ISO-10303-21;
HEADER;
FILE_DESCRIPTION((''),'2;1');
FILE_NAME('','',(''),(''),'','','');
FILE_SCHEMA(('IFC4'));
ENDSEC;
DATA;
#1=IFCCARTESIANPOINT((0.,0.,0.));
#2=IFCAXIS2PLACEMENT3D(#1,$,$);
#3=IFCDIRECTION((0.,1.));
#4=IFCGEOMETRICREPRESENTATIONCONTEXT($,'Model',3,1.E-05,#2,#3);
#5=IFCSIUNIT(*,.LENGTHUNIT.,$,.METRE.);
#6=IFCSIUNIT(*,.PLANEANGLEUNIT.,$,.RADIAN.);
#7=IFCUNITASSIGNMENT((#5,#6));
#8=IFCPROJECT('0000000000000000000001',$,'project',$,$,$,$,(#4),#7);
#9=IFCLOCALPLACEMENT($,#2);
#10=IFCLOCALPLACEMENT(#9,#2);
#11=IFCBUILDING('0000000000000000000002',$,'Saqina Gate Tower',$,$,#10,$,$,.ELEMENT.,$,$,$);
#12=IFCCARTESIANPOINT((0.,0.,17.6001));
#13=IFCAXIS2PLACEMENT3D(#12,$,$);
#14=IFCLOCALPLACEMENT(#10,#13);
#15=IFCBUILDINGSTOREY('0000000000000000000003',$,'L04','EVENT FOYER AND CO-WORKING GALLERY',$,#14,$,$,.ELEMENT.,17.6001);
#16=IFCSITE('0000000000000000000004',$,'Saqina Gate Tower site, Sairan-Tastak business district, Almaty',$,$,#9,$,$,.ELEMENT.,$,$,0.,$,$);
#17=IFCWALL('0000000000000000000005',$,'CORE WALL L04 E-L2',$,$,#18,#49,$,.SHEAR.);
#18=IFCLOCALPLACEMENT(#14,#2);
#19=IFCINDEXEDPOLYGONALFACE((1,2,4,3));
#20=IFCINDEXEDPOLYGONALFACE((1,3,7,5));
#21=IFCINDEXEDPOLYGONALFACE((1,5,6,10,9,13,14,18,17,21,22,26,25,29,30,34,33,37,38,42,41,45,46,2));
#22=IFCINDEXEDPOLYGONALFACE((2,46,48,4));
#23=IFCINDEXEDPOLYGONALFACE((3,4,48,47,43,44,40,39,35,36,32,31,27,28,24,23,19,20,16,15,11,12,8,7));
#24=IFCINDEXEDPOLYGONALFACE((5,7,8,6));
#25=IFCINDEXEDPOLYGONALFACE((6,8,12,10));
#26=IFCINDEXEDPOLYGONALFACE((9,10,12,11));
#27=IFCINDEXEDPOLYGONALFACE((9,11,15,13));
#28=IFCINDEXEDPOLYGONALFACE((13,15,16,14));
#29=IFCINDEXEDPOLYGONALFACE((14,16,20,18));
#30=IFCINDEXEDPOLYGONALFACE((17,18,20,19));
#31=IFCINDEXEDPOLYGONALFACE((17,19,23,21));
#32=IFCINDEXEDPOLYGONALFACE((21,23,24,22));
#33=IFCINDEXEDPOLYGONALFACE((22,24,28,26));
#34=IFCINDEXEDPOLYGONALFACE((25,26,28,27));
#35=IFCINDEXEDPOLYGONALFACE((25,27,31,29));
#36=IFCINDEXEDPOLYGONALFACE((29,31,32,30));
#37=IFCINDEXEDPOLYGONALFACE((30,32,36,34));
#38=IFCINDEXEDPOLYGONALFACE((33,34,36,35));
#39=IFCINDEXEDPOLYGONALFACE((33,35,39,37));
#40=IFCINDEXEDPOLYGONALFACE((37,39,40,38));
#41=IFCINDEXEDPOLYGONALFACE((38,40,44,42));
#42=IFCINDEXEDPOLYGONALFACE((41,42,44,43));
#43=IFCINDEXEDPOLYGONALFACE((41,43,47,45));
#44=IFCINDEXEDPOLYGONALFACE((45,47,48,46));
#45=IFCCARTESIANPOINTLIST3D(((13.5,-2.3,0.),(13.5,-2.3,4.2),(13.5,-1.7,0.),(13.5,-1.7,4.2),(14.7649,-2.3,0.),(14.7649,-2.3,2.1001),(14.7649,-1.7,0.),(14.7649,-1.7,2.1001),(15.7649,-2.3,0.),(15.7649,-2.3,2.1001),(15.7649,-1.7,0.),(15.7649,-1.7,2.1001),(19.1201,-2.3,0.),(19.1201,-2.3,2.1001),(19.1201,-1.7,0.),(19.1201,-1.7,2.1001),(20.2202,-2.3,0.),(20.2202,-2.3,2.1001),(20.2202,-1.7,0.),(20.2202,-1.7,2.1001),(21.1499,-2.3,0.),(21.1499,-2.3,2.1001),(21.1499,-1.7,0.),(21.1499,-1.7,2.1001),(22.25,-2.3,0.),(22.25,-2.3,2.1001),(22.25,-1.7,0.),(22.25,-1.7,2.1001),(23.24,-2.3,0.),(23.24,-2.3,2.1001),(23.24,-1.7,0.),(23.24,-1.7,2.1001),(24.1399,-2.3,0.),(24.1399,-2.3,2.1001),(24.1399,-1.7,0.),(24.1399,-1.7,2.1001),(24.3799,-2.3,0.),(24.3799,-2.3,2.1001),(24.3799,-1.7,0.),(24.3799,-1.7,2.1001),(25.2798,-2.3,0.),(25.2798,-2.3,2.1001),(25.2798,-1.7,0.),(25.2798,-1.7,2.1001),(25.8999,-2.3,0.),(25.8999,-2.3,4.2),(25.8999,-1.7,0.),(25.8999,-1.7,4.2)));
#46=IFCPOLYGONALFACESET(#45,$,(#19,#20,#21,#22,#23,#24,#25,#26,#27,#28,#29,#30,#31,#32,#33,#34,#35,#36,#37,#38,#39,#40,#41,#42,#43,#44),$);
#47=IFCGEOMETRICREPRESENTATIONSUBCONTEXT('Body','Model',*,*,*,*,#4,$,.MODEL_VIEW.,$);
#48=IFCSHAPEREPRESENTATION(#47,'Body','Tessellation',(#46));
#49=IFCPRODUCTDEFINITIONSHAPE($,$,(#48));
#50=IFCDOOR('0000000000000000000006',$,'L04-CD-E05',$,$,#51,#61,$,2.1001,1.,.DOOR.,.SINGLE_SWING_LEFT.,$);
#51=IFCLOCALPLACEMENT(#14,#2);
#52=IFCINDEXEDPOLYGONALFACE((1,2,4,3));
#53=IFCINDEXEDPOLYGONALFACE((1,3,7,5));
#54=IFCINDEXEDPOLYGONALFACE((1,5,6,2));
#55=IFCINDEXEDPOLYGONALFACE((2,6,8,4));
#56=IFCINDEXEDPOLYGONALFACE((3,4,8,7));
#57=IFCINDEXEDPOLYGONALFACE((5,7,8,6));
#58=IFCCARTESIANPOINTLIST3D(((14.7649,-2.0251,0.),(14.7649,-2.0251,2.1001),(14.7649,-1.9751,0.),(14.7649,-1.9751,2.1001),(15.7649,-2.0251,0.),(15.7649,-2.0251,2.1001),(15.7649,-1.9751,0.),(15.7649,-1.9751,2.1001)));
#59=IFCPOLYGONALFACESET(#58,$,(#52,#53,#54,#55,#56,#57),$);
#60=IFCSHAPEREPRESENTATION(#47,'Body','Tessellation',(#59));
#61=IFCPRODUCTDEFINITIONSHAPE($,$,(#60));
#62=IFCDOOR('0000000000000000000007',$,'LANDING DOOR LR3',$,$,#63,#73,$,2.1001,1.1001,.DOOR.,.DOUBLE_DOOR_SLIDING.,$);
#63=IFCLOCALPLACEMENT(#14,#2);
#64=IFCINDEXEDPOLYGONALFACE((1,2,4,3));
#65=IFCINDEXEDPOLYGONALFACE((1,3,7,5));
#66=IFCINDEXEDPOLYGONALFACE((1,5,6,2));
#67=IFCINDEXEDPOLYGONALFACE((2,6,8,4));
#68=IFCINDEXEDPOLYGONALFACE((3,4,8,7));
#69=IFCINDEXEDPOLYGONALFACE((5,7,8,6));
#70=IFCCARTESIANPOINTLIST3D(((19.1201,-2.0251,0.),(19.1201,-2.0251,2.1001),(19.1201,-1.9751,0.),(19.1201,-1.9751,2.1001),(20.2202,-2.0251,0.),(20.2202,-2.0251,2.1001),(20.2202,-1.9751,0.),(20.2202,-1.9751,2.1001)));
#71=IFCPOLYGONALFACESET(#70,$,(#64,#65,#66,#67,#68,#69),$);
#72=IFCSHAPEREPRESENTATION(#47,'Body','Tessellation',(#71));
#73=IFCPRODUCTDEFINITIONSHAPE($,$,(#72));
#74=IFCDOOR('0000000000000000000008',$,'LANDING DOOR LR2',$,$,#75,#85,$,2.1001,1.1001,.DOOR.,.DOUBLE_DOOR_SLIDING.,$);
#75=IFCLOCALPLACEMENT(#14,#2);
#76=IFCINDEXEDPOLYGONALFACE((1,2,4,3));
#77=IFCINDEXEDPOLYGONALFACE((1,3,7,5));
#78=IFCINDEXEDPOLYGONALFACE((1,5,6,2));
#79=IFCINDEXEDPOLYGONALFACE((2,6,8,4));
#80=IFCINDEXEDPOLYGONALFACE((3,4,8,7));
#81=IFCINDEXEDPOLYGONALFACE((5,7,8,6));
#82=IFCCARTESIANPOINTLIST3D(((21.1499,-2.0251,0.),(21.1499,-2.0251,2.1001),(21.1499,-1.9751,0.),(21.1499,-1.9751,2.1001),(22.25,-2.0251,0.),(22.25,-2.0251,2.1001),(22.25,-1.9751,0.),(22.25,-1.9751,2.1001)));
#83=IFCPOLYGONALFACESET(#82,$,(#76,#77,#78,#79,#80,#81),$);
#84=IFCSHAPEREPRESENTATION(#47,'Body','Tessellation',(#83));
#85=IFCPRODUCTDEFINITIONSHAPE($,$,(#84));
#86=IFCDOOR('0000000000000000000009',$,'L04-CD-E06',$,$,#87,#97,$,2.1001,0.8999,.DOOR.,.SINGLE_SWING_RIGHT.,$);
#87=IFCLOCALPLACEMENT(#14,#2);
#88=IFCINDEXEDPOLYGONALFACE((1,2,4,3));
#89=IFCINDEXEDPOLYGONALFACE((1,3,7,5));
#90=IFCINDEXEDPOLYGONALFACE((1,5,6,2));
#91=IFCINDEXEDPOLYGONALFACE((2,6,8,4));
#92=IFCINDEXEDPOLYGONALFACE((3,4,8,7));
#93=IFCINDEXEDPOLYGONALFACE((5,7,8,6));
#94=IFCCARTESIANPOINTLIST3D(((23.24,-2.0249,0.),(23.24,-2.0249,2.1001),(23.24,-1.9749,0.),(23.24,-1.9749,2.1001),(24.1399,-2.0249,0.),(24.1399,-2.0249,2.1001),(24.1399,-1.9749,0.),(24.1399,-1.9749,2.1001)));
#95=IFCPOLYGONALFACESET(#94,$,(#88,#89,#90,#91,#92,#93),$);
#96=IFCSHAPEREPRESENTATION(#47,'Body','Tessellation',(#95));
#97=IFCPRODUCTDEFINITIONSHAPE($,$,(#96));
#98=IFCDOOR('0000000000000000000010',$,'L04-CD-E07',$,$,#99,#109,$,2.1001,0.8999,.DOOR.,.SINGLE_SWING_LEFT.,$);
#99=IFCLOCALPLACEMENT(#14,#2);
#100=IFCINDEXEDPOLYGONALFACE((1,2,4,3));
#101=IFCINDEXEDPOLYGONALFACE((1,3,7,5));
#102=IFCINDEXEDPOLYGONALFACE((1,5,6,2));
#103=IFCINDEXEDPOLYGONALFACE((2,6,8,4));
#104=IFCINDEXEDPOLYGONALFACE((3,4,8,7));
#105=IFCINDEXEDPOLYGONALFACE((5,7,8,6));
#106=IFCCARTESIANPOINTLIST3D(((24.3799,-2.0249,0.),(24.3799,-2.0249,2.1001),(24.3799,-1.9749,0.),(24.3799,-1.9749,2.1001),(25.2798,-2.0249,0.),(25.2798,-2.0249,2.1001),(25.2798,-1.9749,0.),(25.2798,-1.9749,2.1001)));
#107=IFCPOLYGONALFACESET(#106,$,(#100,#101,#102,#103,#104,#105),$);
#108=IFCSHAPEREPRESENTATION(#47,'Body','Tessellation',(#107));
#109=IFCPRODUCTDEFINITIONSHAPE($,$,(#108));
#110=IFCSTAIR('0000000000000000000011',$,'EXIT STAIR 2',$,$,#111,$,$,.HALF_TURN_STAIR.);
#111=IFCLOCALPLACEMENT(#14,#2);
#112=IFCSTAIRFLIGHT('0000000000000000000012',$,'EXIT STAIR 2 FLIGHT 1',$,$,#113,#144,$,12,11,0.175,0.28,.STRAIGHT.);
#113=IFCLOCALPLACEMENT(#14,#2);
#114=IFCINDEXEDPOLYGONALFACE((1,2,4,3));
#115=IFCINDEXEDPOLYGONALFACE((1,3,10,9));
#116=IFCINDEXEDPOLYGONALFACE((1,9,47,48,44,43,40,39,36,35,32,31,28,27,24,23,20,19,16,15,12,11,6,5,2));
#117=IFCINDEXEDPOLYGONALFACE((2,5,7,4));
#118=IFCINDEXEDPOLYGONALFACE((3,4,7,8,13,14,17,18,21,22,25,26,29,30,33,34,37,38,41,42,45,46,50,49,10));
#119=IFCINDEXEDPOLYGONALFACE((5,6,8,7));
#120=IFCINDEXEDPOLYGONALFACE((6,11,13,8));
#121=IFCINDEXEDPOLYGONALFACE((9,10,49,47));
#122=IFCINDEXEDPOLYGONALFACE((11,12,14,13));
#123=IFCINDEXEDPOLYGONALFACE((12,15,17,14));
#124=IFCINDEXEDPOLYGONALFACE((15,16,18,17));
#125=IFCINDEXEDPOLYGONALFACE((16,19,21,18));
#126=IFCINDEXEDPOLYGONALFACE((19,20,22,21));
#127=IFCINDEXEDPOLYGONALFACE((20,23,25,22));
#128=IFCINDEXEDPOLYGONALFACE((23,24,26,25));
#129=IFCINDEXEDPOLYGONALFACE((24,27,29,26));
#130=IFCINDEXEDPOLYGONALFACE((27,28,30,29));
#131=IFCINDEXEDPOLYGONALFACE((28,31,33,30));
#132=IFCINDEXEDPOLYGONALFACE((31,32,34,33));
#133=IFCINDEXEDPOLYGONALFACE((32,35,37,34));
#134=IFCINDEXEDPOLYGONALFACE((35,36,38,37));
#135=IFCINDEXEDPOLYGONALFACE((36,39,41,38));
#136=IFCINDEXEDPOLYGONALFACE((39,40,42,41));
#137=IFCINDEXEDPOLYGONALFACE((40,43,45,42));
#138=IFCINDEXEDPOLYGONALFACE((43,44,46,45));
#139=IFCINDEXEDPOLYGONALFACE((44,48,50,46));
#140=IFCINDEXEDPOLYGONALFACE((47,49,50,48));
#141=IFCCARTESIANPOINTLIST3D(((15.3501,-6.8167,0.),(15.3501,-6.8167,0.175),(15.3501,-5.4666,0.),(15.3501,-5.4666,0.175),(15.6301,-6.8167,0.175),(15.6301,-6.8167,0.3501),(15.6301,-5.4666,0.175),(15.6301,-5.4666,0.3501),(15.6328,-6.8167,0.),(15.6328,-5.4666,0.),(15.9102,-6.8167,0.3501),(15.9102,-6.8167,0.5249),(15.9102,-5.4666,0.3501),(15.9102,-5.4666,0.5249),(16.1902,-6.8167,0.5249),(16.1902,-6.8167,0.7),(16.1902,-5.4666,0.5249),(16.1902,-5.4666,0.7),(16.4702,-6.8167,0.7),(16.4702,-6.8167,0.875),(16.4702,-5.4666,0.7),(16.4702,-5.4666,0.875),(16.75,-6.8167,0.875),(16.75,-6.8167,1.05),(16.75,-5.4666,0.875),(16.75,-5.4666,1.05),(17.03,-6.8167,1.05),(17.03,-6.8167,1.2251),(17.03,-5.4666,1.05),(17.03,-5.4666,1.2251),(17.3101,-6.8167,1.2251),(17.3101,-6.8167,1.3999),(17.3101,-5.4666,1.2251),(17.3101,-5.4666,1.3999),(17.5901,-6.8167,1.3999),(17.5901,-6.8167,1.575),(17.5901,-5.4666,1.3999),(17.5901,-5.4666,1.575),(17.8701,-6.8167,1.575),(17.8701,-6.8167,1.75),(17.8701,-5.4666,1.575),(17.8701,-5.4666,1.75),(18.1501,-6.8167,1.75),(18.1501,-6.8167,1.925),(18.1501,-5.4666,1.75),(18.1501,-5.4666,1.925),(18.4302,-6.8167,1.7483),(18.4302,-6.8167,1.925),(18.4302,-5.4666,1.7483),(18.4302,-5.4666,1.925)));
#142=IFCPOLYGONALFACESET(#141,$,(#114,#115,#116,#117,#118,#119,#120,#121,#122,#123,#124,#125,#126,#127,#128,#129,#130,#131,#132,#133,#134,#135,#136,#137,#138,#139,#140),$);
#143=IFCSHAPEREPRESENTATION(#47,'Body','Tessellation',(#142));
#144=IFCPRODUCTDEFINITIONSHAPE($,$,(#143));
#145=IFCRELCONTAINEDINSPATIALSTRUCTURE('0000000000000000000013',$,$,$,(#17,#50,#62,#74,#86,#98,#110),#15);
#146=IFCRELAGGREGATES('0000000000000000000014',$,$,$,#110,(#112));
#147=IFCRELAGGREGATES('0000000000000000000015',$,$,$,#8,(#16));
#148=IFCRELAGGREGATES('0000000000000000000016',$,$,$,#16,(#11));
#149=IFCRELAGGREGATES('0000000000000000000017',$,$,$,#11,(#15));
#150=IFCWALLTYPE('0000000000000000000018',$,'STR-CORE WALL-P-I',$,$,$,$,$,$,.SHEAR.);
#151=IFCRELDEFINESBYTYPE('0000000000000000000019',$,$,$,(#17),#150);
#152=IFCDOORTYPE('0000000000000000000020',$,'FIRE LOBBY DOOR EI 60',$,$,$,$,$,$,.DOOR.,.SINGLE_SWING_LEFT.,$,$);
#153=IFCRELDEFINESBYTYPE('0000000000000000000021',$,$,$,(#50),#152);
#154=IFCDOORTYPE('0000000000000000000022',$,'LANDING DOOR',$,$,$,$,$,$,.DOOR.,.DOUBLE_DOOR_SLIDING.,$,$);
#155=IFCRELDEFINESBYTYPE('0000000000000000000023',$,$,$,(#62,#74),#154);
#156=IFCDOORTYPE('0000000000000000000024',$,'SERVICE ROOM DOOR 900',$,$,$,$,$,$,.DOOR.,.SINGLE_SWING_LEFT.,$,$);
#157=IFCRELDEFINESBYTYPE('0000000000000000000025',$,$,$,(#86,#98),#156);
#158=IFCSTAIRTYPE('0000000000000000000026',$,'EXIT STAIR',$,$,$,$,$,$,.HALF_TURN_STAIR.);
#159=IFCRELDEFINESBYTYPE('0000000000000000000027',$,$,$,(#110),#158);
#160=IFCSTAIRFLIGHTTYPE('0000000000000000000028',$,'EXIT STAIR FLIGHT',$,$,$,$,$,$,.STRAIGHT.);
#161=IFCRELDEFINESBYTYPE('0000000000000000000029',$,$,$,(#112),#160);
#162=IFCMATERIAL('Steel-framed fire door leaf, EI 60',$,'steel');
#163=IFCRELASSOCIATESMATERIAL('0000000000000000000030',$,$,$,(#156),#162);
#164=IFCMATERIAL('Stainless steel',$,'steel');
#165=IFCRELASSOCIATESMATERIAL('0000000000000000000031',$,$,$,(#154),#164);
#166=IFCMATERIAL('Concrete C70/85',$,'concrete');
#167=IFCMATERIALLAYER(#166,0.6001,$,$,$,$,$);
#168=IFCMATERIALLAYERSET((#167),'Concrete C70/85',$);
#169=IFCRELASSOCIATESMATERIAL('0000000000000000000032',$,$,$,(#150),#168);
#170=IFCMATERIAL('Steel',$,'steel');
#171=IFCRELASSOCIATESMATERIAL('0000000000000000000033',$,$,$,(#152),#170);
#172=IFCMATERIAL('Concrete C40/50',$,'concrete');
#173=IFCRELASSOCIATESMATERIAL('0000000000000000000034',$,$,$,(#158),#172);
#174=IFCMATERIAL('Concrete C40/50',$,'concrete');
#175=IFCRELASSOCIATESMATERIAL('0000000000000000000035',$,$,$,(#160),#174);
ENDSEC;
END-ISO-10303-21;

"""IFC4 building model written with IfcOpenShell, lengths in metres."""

from ifc_helpers import new_model, si_unit, direction, frame, frame_2d, origin, place, context, subcontext, project, spatial, polyline, rectangle, outline, extrude, material, layer, layer_set, type_object, element, fill, aggregate, save


model = new_model("IFC4")

# Units and contexts
model_context = context("Model", 3, precision=1e-05, world=origin(), true_north=direction((0.0, 1.0)))
body_context = subcontext(model_context, "Body", "Model", "MODEL_VIEW")
ifc_project = project(units=[si_unit("LENGTHUNIT", "METRE"), si_unit("PLANEANGLEUNIT", "RADIAN")], contexts=[model_context])

# Site, building, storey
site_placement = place(None, origin())
site = spatial("IfcSite", under=ifc_project, at=site_placement, Name="Saqina Gate Tower site, Sairan-Tastak business district, Almaty", CompositionType="ELEMENT", RefElevation=0.0)
building_placement = place(site_placement, origin())
building = spatial("IfcBuilding", under=site, at=building_placement, Name="Saqina Gate Tower", CompositionType="ELEMENT")
storey_placement = place(building_placement, frame((0.0, 0.0, 17.6001)))
storey = spatial("IfcBuildingStorey", under=building, at=storey_placement, Name="L04", Description="EVENT FOYER AND CO-WORKING GALLERY", CompositionType="ELEMENT", Elevation=17.6001)

# Shared definitions
ifc_material_1 = material(Name="Steel-framed fire door leaf, EI 60", Category="steel")
door_type_1 = type_object("IfcDoorType", Name="SERVICE ROOM DOOR 900", OperationType="SINGLE_SWING_LEFT", PredefinedType="DOOR", material=ifc_material_1)
ifc_material_2 = material(Name="Stainless steel", Category="steel")
door_type_2 = type_object("IfcDoorType", Name="LANDING DOOR", OperationType="DOUBLE_DOOR_SLIDING", PredefinedType="DOOR", material=ifc_material_2)

# Wall, openings, doors
ifc_material_3 = material(Name="Concrete C70/85", Category="concrete")
ifc_layer_1 = layer(ifc_material_3, 0.6001)
ifc_layer_set_1 = layer_set([ifc_layer_1], Name="Concrete C70/85")
wall_type_1 = type_object("IfcWallType", Name="STR-CORE WALL-P-I", PredefinedType="SHEAR", material=ifc_layer_set_1)
wall_1_placement = place(storey_placement, frame((13.5, -2.0, 0.0), z_axis=(0.0, 0.0, 1.0), x_axis=(1.0, 0.0, 0.0)))
wall_1 = element("IfcWall", 1, at=wall_1_placement, inside=storey, type_object=wall_type_1, Name="CORE WALL L04 E-L2", PredefinedType="SHEAR", context=body_context, shape_type="SweptSolid", body=[
    extrude(rectangle(XDim=12.3999, YDim=0.6001, at=frame_2d((6.2, 0.0))), origin(), (0.0, 0.0, 1.0), 4.2),
])
opening_1_placement = place(wall_1_placement, frame((5.6201, 0.0, 0.0)))
opening_1 = element("IfcOpeningElement", 2, at=opening_1_placement, cuts=wall_1, PredefinedType="OPENING", context=body_context, shape_type="SweptSolid", body=[
    extrude(rectangle(XDim=1.1001, YDim=2.1001, at=frame_2d((0.55, 1.05))), frame((0.0, 0.312, 0.0), z_axis=(0.0, -1.0, 0.0), x_axis=(1.0, 0.0, 0.0)), (0.0, 0.0, 1.0), 0.624),
])
opening_2_placement = place(wall_1_placement, frame((7.6499, 0.0, 0.0)))
opening_2 = element("IfcOpeningElement", 3, at=opening_2_placement, cuts=wall_1, PredefinedType="OPENING", context=body_context, shape_type="SweptSolid", body=[
    extrude(rectangle(XDim=1.1001, YDim=2.1001, at=frame_2d((0.55, 1.05))), frame((0.0, 0.312, 0.0), z_axis=(0.0, -1.0, 0.0), x_axis=(1.0, 0.0, 0.0)), (0.0, 0.0, 1.0), 0.624),
])
opening_3_placement = place(wall_1_placement, frame((1.2649, 0.0, 0.0)))
opening_3 = element("IfcOpeningElement", 4, at=opening_3_placement, cuts=wall_1, PredefinedType="OPENING", context=body_context, shape_type="SweptSolid", body=[
    extrude(rectangle(XDim=1.0, YDim=2.1001, at=frame_2d((0.5, 1.05))), frame((0.0, 0.312, 0.0), z_axis=(0.0, -1.0, 0.0), x_axis=(1.0, 0.0, 0.0)), (0.0, 0.0, 1.0), 0.624),
])
opening_4_placement = place(wall_1_placement, frame((9.74, 0.0, 0.0)))
opening_4 = element("IfcOpeningElement", 5, at=opening_4_placement, cuts=wall_1, PredefinedType="OPENING", context=body_context, shape_type="SweptSolid", body=[
    extrude(rectangle(XDim=0.8999, YDim=2.1001, at=frame_2d((0.45, 1.05))), frame((0.0, 0.312, 0.0), z_axis=(0.0, -1.0, 0.0), x_axis=(1.0, 0.0, 0.0)), (0.0, 0.0, 1.0), 0.624),
])
opening_5_placement = place(wall_1_placement, frame((10.8799, 0.0, 0.0)))
opening_5 = element("IfcOpeningElement", 6, at=opening_5_placement, cuts=wall_1, PredefinedType="OPENING", context=body_context, shape_type="SweptSolid", body=[
    extrude(rectangle(XDim=0.8999, YDim=2.1001, at=frame_2d((0.45, 1.05))), frame((0.0, 0.312, 0.0), z_axis=(0.0, -1.0, 0.0), x_axis=(1.0, 0.0, 0.0)), (0.0, 0.0, 1.0), 0.624),
])
ifc_material_4 = material(Name="Steel", Category="steel")
door_type_3 = type_object("IfcDoorType", Name="FIRE LOBBY DOOR EI 60", OperationType="SINGLE_SWING_LEFT", PredefinedType="DOOR", material=ifc_material_4)
door_1_placement = place(opening_3_placement, origin())
door_1 = element("IfcDoor", 7, at=door_1_placement, inside=storey, type_object=door_type_3, Name="L04-CD-E05", OperationType="SINGLE_SWING_LEFT", OverallHeight=2.1001, OverallWidth=1.0, PredefinedType="DOOR", context=body_context, shape_type="SweptSolid", body=[
    extrude(rectangle(XDim=1.0, YDim=2.1001, at=frame_2d((0.5, 1.05))), frame((0.0, 0.0249, 0.0), z_axis=(0.0, -1.0, 0.0), x_axis=(1.0, 0.0, 0.0)), (0.0, 0.0, 1.0), 0.05),
])
fill(opening_3, door_1)
door_2_placement = place(opening_1_placement, origin())
door_2 = element("IfcDoor", 8, at=door_2_placement, inside=storey, type_object=door_type_2, Name="LANDING DOOR LR3", OperationType="DOUBLE_DOOR_SLIDING", OverallHeight=2.1001, OverallWidth=1.1001, PredefinedType="DOOR", context=body_context, shape_type="SweptSolid", body=[
    extrude(rectangle(XDim=1.1001, YDim=2.1001, at=frame_2d((0.55, 1.05))), frame((0.0, 0.0249, 0.0), z_axis=(0.0, -1.0, 0.0), x_axis=(1.0, 0.0, 0.0)), (0.0, 0.0, 1.0), 0.05),
])
fill(opening_1, door_2)
door_3_placement = place(opening_2_placement, origin())
door_3 = element("IfcDoor", 9, at=door_3_placement, inside=storey, type_object=door_type_2, Name="LANDING DOOR LR2", OperationType="DOUBLE_DOOR_SLIDING", OverallHeight=2.1001, OverallWidth=1.1001, PredefinedType="DOOR", context=body_context, shape_type="SweptSolid", body=[
    extrude(rectangle(XDim=1.1001, YDim=2.1001, at=frame_2d((0.55, 1.05))), frame((0.0, 0.0249, 0.0), z_axis=(0.0, -1.0, 0.0), x_axis=(1.0, 0.0, 0.0)), (0.0, 0.0, 1.0), 0.05),
])
fill(opening_2, door_3)
door_4_placement = place(opening_4_placement, frame((0.8999, 0.0, 0.0), z_axis=(0.0, 0.0, 1.0), x_axis=(-1.0, 0.0, 0.0)))
door_4 = element("IfcDoor", 10, at=door_4_placement, inside=storey, type_object=door_type_1, Name="L04-CD-E06", OperationType="SINGLE_SWING_RIGHT", OverallHeight=2.1001, OverallWidth=0.8999, PredefinedType="DOOR", context=body_context, shape_type="SweptSolid", body=[
    extrude(rectangle(XDim=0.8999, YDim=2.1001, at=frame_2d((0.45, 1.05))), frame((0.0, 0.0249, 0.0), z_axis=(0.0, -1.0, 0.0), x_axis=(1.0, 0.0, 0.0)), (0.0, 0.0, 1.0), 0.05),
])
fill(opening_4, door_4)
door_5_placement = place(opening_5_placement, frame((0.8999, 0.0, 0.0), z_axis=(0.0, 0.0, 1.0), x_axis=(-1.0, 0.0, 0.0)))
door_5 = element("IfcDoor", 11, at=door_5_placement, inside=storey, type_object=door_type_1, Name="L04-CD-E07", OperationType="SINGLE_SWING_LEFT", OverallHeight=2.1001, OverallWidth=0.8999, PredefinedType="DOOR", context=body_context, shape_type="SweptSolid", body=[
    extrude(rectangle(XDim=0.8999, YDim=2.1001, at=frame_2d((0.45, 1.05))), frame((0.0, 0.0249, 0.0), z_axis=(0.0, -1.0, 0.0), x_axis=(1.0, 0.0, 0.0)), (0.0, 0.0, 1.0), 0.05),
])
fill(opening_5, door_5)

# Stair, stair flight
ifc_material_5 = material(Name="Concrete C40/50", Category="concrete")
stair_type = type_object("IfcStairType", Name="EXIT STAIR", PredefinedType="HALF_TURN_STAIR", material=ifc_material_5)
stair_placement = place(storey_placement, origin())
stair = element("IfcStair", 12, at=stair_placement, inside=storey, type_object=stair_type, Name="EXIT STAIR 2", PredefinedType="HALF_TURN_STAIR")
ifc_material_6 = material(Name="Concrete C40/50", Category="concrete")
stair_flight_type = type_object("IfcStairFlightType", Name="EXIT STAIR FLIGHT", PredefinedType="STRAIGHT", material=ifc_material_6)
stair_flight_1_placement = place(storey_placement, frame((15.3501, -6.1416, 0.0), z_axis=(0.0, 0.0, 1.0), x_axis=(1.0, 0.0, 0.0)))
stair_flight_1 = element("IfcStairFlight", 13, at=stair_flight_1_placement, type_object=stair_flight_type, Name="EXIT STAIR 2 FLIGHT 1", NumberOfRisers=12, NumberOfTreads=11, PredefinedType="STRAIGHT", RiserHeight=0.175, TreadLength=0.28, context=body_context, shape_type="SweptSolid", body=[
    extrude(outline(polyline([(0.0, 0.0), (0.0, 0.175), (0.28, 0.175), (0.28, 0.3501), (0.5601, 0.3501), (0.5601, 0.5249), (0.8401, 0.5249), (0.8401, 0.7), (1.1201, 0.7), (1.1201, 0.875), (1.3999, 0.875), (1.3999, 1.05), (1.6799, 1.05), (1.6799, 1.2251), (1.96, 1.2251), (1.96, 1.3999), (2.24, 1.3999), (2.24, 1.575), (2.52, 1.575), (2.52, 1.75), (2.8, 1.75), (2.8, 1.925), (3.0801, 1.925), (3.0801, 2.1001), (3.0801, 1.7483), (0.2827, 0.0), (0.0, 0.0)])), frame((0.0, 0.675, 0.0), z_axis=(0.0, -1.0, 0.0), x_axis=(1.0, 0.0, 0.0)), (0.0, 0.0, 1.0), 1.3501),
])
aggregate(stair, [stair_flight_1])

save(model, "model.ifc")
